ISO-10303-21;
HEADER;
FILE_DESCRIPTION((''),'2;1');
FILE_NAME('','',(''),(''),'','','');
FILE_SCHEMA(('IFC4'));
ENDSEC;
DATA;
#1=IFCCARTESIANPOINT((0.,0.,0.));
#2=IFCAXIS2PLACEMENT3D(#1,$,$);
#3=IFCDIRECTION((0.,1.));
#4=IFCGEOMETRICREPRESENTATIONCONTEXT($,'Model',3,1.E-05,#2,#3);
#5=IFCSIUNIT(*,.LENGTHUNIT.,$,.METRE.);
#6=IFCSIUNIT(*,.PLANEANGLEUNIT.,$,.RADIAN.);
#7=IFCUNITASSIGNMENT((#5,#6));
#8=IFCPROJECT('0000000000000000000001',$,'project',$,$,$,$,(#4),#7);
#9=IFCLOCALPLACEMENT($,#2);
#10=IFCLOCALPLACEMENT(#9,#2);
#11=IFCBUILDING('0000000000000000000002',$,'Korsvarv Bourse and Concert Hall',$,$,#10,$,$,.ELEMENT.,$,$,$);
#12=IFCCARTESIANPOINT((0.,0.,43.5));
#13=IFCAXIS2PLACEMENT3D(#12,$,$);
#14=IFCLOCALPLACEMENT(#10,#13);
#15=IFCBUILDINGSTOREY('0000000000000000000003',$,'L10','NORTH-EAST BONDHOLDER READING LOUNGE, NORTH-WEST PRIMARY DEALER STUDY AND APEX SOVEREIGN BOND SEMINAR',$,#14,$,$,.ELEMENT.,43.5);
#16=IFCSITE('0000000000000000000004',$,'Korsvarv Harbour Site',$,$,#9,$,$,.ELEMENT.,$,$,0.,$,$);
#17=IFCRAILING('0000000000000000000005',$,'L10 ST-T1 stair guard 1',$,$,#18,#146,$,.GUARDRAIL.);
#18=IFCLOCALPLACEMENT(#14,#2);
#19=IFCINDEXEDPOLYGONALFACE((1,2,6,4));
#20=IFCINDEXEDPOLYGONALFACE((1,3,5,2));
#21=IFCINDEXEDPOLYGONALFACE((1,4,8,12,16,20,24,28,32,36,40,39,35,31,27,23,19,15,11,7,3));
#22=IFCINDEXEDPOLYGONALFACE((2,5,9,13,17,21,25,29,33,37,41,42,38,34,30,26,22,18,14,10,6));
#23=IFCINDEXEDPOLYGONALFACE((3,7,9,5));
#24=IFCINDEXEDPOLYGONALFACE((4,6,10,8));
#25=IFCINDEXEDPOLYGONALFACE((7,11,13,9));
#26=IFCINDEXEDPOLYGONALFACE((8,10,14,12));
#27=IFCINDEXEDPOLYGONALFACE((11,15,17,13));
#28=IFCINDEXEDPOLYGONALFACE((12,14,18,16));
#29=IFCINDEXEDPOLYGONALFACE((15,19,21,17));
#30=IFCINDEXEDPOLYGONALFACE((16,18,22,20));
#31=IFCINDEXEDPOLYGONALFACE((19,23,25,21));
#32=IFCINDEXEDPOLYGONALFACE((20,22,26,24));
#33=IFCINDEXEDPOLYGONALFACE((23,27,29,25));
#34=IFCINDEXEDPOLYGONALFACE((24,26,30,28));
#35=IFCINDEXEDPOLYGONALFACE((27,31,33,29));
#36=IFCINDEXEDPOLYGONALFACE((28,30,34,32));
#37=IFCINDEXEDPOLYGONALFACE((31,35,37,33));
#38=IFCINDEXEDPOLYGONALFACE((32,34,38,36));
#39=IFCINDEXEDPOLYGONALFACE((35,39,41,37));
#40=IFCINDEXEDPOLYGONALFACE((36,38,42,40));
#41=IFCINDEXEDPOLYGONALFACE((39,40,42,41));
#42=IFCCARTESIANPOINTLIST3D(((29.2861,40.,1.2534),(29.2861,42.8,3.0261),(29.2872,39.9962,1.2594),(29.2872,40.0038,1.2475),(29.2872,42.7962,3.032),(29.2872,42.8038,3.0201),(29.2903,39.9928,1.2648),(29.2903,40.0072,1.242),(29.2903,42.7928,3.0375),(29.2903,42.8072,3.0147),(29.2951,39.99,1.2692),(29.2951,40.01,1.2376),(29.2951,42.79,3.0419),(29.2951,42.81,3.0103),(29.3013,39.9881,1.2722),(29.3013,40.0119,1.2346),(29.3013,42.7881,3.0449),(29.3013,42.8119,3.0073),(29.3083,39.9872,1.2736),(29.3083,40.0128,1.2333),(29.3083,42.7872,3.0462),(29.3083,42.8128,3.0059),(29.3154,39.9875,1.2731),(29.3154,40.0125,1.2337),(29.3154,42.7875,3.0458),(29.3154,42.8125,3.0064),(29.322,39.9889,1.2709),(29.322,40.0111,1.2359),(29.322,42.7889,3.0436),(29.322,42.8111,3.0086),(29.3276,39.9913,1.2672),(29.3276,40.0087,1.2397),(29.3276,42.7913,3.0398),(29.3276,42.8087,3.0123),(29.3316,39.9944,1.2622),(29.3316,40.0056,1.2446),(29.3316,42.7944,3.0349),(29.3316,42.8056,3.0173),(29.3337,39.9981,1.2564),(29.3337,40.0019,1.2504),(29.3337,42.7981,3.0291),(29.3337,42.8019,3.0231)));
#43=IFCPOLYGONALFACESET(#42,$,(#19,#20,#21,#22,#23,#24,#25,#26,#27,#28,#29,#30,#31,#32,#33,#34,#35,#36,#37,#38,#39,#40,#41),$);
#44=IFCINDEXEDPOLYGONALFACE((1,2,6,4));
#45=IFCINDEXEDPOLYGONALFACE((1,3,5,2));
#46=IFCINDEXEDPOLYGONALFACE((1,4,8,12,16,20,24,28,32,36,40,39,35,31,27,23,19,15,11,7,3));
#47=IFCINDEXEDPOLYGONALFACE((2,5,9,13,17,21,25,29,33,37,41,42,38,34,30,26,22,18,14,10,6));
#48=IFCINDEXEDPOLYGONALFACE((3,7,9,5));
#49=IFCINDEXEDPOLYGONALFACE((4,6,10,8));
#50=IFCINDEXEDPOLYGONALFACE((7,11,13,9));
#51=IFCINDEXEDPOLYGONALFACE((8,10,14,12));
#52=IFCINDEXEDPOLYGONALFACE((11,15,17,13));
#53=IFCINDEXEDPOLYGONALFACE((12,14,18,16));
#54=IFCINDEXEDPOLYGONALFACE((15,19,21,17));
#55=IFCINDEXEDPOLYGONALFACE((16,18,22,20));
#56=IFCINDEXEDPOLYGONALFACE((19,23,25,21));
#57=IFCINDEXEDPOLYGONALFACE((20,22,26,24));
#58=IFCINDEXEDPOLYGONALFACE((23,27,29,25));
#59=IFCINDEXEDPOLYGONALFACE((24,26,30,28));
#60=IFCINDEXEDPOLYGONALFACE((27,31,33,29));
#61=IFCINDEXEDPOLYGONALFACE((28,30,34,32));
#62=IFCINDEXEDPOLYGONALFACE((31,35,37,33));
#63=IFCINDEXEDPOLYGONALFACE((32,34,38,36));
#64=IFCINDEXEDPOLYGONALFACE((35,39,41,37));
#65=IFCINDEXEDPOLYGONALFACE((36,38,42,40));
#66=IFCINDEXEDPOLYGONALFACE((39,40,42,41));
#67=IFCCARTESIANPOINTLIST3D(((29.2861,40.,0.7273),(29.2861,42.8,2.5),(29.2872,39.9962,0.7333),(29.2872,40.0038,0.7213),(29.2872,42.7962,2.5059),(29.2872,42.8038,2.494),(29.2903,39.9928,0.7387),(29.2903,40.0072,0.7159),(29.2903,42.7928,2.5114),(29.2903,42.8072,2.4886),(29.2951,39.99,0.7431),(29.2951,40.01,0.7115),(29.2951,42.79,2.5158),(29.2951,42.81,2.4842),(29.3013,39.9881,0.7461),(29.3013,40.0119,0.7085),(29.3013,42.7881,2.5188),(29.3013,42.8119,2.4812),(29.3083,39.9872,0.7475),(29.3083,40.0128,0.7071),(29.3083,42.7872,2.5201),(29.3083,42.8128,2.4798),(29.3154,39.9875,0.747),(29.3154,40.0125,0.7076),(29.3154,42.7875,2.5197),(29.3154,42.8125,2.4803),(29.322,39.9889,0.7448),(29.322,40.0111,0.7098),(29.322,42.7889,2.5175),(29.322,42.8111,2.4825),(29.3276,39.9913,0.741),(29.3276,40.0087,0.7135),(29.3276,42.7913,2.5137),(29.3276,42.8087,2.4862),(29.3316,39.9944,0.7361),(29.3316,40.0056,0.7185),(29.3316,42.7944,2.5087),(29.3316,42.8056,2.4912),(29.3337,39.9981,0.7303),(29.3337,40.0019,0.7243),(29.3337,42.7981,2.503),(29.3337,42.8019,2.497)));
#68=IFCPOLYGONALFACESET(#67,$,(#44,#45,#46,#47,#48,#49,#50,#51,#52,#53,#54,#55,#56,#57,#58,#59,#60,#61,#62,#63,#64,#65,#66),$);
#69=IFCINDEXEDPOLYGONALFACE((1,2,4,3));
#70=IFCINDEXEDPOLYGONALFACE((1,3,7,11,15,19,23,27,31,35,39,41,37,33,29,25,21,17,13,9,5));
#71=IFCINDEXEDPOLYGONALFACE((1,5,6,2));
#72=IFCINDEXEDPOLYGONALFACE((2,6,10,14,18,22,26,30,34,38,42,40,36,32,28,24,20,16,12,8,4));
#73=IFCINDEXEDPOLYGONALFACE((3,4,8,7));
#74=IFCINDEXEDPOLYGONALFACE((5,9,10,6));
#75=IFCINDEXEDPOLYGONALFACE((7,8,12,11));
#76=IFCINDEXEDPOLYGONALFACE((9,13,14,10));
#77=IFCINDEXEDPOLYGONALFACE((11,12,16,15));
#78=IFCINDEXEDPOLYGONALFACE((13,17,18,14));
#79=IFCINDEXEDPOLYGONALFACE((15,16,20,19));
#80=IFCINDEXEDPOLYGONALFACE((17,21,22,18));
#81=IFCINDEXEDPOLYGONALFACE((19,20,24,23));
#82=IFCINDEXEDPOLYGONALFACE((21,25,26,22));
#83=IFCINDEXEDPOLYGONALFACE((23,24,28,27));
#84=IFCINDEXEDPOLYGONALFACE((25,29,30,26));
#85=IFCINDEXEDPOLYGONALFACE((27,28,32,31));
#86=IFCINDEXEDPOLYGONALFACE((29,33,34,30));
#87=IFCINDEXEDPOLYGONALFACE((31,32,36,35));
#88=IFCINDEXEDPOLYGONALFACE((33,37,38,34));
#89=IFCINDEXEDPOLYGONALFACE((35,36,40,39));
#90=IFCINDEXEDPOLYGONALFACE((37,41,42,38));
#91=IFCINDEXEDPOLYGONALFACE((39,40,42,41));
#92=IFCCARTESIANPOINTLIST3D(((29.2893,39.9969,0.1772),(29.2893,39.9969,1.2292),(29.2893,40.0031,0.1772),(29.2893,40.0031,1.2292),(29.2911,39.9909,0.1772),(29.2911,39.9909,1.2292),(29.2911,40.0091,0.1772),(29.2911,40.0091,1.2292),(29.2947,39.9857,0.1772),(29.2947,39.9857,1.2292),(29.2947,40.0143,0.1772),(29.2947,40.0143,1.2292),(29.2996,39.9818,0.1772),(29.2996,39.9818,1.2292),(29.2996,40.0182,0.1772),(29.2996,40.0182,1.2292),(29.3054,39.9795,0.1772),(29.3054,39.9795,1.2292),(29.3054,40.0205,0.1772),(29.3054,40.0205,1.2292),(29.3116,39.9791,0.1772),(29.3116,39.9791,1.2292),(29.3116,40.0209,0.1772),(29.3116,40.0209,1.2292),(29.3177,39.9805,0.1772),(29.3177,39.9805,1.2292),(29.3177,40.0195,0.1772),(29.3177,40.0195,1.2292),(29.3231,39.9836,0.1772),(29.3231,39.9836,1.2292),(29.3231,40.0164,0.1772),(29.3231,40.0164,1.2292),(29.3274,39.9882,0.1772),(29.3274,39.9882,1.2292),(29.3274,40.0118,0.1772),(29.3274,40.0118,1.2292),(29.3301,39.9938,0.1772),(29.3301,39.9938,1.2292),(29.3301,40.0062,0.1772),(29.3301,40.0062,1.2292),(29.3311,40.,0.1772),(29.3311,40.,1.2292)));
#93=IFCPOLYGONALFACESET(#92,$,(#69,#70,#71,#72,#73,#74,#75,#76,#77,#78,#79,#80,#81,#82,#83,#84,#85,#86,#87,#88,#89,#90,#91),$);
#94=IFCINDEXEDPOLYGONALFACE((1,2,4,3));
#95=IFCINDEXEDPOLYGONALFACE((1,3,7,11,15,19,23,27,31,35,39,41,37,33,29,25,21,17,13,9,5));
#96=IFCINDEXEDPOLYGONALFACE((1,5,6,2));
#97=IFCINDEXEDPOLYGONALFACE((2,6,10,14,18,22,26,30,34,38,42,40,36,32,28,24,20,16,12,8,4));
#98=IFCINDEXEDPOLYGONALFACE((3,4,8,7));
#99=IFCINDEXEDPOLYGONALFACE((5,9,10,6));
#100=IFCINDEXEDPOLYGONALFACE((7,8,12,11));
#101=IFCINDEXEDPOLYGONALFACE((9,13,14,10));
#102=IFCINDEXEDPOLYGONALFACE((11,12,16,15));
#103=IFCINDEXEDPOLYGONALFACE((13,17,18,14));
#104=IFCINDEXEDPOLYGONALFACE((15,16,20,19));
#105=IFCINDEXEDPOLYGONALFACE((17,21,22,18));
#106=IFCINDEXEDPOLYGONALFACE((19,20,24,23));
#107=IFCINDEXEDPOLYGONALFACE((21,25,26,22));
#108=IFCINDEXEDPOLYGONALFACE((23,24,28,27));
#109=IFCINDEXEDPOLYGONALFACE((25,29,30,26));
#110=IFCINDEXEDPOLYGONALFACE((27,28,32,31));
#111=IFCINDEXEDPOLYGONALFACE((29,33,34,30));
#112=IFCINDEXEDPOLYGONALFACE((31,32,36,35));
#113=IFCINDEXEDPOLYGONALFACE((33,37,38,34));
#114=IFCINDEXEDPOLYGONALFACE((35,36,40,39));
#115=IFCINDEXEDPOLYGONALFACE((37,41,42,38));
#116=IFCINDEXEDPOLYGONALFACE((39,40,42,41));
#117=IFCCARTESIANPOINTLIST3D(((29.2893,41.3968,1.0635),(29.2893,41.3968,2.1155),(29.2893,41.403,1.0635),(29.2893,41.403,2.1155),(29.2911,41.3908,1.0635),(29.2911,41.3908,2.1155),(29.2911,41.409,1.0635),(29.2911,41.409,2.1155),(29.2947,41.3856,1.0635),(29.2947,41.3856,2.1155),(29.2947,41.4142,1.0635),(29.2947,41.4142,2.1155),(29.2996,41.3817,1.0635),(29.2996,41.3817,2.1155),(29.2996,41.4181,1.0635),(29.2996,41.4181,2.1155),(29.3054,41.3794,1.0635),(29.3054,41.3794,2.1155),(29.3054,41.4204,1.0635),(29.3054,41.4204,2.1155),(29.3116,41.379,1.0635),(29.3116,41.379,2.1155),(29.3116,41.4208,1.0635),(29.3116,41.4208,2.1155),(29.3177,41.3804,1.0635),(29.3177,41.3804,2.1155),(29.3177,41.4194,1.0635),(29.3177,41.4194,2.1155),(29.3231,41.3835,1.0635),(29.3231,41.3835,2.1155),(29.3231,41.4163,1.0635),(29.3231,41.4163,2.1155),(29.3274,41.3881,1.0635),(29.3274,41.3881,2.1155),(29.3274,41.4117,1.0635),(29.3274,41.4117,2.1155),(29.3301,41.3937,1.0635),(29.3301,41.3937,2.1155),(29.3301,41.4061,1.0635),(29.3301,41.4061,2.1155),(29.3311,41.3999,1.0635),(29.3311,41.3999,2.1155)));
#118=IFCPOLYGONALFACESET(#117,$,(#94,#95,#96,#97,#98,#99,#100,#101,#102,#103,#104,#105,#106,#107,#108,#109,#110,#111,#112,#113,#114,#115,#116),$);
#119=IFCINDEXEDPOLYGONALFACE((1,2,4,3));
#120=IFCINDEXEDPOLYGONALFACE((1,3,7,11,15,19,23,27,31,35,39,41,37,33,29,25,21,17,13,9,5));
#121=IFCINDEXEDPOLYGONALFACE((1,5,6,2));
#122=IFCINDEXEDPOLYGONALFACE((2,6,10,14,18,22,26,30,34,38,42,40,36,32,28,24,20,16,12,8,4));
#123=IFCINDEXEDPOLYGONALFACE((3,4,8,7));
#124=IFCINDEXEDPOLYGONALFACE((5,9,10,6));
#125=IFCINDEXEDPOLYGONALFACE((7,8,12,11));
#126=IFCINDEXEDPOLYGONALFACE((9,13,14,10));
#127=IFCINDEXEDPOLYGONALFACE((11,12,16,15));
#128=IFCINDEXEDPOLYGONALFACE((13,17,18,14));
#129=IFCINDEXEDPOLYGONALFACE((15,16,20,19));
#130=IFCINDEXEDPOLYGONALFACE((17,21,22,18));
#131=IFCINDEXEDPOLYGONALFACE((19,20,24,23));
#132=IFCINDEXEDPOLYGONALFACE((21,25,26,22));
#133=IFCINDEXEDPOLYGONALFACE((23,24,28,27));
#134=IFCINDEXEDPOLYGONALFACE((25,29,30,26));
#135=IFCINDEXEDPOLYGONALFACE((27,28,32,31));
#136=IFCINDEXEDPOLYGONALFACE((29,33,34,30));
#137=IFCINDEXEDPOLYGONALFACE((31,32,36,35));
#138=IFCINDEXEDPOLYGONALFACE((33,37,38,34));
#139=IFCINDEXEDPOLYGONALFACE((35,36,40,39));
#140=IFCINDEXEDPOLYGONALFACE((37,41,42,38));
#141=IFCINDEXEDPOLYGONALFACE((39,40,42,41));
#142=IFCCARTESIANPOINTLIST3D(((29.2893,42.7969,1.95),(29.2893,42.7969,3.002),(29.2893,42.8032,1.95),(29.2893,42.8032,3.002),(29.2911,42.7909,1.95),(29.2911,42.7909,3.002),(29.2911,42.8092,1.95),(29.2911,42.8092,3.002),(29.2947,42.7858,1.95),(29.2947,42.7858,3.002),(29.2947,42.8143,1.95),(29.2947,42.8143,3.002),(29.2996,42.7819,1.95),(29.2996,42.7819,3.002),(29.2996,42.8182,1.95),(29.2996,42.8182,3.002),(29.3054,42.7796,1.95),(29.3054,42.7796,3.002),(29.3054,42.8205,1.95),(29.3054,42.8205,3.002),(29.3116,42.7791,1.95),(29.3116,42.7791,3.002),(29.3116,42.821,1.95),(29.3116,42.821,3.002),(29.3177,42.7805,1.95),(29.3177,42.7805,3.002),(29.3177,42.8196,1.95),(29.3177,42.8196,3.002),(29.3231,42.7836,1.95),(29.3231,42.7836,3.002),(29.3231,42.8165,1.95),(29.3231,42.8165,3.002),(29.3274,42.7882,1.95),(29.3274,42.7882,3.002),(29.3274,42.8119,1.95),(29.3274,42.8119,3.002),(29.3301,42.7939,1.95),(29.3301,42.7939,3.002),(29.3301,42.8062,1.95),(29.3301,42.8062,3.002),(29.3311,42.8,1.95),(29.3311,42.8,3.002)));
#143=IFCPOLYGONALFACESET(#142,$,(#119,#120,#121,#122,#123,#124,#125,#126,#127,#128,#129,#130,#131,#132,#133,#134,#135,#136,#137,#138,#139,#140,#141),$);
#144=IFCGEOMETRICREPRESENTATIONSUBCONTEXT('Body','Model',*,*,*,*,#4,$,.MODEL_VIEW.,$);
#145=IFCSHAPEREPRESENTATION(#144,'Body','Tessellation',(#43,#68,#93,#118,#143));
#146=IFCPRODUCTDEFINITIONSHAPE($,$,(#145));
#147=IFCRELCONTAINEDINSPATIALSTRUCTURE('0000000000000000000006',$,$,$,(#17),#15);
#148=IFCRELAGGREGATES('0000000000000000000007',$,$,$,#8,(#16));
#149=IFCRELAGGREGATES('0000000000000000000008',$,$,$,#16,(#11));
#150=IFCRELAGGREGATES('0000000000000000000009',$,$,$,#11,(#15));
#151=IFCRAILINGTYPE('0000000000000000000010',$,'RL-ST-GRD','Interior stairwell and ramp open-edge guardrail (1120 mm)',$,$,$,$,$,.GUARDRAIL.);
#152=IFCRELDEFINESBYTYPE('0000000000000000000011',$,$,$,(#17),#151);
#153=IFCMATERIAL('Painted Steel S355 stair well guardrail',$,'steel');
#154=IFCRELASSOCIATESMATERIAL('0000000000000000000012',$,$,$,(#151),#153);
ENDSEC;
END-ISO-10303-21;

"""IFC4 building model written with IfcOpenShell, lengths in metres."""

from ifc_helpers import new_model, si_unit, direction, frame, origin, origin_2d, place, context, subcontext, project, spatial, circle, extrude, material, type_object, element, save


model = new_model("IFC4")

# Units and contexts
model_context = context("Model", 3, precision=1e-05, world=origin(), true_north=direction((0.0, 1.0)))
body_context = subcontext(model_context, "Body", "Model", "MODEL_VIEW")
ifc_project = project(units=[si_unit("LENGTHUNIT", "METRE"), si_unit("PLANEANGLEUNIT", "RADIAN")], contexts=[model_context])

# Site, building, storey
site_placement = place(None, origin())
site = spatial("IfcSite", under=ifc_project, at=site_placement, Name="Korsvarv Harbour Site", CompositionType="ELEMENT", RefElevation=0.0)
building_placement = place(site_placement, origin())
building = spatial("IfcBuilding", under=site, at=building_placement, Name="Korsvarv Bourse and Concert Hall", CompositionType="ELEMENT")
storey_placement = place(building_placement, frame((0.0, 0.0, 43.5)))
storey = spatial("IfcBuildingStorey", under=building, at=storey_placement, Name="L10", Description="NORTH-EAST BONDHOLDER READING LOUNGE, NORTH-WEST PRIMARY DEALER STUDY AND APEX SOVEREIGN BOND SEMINAR", CompositionType="ELEMENT", Elevation=43.5)

# Railing
ifc_material_1 = material(Name="Painted Steel S355 stair well guardrail", Category="steel")
railing_type_1 = type_object("IfcRailingType", Name="RL-ST-GRD", Description="Interior stairwell and ramp open-edge guardrail (1120 mm)", PredefinedType="GUARDRAIL", material=ifc_material_1)
railing_1_placement = place(storey_placement, frame((29.3101, 40.0, 0.1772)))
element("IfcRailing", 1, at=railing_1_placement, inside=storey, type_object=railing_type_1, Name="L10 ST-T1 stair guard 1", PredefinedType="GUARDRAIL", context=body_context, shape_type="SweptSolid", body=[
    extrude(circle(Radius=0.0239, at=origin_2d()), frame((0.0, 0.0, 1.0762), z_axis=(0.0, 0.844909, 0.53491), x_axis=(-1.0, 0.0, 0.0)), (0.0, 0.0, 1.0), 3.314),
    extrude(circle(Radius=0.0239, at=origin_2d()), frame((0.0, 0.0, 0.55), z_axis=(0.0, 0.844909, 0.53491), x_axis=(-1.0, 0.0, 0.0)), (0.0, 0.0, 1.0), 3.314),
    extrude(circle(Radius=0.021, at=origin_2d()), origin(), (0.0, 0.0, 1.0), 1.052),
    extrude(circle(Radius=0.021, at=origin_2d()), frame((0.0, 1.3999, 0.8862)), (0.0, 0.0, 1.0), 1.052),
    extrude(circle(Radius=0.021, at=origin_2d()), frame((0.0, 2.8, 1.7727)), (0.0, 0.0, 1.0), 1.052),
])

save(model, "model.ifc")
